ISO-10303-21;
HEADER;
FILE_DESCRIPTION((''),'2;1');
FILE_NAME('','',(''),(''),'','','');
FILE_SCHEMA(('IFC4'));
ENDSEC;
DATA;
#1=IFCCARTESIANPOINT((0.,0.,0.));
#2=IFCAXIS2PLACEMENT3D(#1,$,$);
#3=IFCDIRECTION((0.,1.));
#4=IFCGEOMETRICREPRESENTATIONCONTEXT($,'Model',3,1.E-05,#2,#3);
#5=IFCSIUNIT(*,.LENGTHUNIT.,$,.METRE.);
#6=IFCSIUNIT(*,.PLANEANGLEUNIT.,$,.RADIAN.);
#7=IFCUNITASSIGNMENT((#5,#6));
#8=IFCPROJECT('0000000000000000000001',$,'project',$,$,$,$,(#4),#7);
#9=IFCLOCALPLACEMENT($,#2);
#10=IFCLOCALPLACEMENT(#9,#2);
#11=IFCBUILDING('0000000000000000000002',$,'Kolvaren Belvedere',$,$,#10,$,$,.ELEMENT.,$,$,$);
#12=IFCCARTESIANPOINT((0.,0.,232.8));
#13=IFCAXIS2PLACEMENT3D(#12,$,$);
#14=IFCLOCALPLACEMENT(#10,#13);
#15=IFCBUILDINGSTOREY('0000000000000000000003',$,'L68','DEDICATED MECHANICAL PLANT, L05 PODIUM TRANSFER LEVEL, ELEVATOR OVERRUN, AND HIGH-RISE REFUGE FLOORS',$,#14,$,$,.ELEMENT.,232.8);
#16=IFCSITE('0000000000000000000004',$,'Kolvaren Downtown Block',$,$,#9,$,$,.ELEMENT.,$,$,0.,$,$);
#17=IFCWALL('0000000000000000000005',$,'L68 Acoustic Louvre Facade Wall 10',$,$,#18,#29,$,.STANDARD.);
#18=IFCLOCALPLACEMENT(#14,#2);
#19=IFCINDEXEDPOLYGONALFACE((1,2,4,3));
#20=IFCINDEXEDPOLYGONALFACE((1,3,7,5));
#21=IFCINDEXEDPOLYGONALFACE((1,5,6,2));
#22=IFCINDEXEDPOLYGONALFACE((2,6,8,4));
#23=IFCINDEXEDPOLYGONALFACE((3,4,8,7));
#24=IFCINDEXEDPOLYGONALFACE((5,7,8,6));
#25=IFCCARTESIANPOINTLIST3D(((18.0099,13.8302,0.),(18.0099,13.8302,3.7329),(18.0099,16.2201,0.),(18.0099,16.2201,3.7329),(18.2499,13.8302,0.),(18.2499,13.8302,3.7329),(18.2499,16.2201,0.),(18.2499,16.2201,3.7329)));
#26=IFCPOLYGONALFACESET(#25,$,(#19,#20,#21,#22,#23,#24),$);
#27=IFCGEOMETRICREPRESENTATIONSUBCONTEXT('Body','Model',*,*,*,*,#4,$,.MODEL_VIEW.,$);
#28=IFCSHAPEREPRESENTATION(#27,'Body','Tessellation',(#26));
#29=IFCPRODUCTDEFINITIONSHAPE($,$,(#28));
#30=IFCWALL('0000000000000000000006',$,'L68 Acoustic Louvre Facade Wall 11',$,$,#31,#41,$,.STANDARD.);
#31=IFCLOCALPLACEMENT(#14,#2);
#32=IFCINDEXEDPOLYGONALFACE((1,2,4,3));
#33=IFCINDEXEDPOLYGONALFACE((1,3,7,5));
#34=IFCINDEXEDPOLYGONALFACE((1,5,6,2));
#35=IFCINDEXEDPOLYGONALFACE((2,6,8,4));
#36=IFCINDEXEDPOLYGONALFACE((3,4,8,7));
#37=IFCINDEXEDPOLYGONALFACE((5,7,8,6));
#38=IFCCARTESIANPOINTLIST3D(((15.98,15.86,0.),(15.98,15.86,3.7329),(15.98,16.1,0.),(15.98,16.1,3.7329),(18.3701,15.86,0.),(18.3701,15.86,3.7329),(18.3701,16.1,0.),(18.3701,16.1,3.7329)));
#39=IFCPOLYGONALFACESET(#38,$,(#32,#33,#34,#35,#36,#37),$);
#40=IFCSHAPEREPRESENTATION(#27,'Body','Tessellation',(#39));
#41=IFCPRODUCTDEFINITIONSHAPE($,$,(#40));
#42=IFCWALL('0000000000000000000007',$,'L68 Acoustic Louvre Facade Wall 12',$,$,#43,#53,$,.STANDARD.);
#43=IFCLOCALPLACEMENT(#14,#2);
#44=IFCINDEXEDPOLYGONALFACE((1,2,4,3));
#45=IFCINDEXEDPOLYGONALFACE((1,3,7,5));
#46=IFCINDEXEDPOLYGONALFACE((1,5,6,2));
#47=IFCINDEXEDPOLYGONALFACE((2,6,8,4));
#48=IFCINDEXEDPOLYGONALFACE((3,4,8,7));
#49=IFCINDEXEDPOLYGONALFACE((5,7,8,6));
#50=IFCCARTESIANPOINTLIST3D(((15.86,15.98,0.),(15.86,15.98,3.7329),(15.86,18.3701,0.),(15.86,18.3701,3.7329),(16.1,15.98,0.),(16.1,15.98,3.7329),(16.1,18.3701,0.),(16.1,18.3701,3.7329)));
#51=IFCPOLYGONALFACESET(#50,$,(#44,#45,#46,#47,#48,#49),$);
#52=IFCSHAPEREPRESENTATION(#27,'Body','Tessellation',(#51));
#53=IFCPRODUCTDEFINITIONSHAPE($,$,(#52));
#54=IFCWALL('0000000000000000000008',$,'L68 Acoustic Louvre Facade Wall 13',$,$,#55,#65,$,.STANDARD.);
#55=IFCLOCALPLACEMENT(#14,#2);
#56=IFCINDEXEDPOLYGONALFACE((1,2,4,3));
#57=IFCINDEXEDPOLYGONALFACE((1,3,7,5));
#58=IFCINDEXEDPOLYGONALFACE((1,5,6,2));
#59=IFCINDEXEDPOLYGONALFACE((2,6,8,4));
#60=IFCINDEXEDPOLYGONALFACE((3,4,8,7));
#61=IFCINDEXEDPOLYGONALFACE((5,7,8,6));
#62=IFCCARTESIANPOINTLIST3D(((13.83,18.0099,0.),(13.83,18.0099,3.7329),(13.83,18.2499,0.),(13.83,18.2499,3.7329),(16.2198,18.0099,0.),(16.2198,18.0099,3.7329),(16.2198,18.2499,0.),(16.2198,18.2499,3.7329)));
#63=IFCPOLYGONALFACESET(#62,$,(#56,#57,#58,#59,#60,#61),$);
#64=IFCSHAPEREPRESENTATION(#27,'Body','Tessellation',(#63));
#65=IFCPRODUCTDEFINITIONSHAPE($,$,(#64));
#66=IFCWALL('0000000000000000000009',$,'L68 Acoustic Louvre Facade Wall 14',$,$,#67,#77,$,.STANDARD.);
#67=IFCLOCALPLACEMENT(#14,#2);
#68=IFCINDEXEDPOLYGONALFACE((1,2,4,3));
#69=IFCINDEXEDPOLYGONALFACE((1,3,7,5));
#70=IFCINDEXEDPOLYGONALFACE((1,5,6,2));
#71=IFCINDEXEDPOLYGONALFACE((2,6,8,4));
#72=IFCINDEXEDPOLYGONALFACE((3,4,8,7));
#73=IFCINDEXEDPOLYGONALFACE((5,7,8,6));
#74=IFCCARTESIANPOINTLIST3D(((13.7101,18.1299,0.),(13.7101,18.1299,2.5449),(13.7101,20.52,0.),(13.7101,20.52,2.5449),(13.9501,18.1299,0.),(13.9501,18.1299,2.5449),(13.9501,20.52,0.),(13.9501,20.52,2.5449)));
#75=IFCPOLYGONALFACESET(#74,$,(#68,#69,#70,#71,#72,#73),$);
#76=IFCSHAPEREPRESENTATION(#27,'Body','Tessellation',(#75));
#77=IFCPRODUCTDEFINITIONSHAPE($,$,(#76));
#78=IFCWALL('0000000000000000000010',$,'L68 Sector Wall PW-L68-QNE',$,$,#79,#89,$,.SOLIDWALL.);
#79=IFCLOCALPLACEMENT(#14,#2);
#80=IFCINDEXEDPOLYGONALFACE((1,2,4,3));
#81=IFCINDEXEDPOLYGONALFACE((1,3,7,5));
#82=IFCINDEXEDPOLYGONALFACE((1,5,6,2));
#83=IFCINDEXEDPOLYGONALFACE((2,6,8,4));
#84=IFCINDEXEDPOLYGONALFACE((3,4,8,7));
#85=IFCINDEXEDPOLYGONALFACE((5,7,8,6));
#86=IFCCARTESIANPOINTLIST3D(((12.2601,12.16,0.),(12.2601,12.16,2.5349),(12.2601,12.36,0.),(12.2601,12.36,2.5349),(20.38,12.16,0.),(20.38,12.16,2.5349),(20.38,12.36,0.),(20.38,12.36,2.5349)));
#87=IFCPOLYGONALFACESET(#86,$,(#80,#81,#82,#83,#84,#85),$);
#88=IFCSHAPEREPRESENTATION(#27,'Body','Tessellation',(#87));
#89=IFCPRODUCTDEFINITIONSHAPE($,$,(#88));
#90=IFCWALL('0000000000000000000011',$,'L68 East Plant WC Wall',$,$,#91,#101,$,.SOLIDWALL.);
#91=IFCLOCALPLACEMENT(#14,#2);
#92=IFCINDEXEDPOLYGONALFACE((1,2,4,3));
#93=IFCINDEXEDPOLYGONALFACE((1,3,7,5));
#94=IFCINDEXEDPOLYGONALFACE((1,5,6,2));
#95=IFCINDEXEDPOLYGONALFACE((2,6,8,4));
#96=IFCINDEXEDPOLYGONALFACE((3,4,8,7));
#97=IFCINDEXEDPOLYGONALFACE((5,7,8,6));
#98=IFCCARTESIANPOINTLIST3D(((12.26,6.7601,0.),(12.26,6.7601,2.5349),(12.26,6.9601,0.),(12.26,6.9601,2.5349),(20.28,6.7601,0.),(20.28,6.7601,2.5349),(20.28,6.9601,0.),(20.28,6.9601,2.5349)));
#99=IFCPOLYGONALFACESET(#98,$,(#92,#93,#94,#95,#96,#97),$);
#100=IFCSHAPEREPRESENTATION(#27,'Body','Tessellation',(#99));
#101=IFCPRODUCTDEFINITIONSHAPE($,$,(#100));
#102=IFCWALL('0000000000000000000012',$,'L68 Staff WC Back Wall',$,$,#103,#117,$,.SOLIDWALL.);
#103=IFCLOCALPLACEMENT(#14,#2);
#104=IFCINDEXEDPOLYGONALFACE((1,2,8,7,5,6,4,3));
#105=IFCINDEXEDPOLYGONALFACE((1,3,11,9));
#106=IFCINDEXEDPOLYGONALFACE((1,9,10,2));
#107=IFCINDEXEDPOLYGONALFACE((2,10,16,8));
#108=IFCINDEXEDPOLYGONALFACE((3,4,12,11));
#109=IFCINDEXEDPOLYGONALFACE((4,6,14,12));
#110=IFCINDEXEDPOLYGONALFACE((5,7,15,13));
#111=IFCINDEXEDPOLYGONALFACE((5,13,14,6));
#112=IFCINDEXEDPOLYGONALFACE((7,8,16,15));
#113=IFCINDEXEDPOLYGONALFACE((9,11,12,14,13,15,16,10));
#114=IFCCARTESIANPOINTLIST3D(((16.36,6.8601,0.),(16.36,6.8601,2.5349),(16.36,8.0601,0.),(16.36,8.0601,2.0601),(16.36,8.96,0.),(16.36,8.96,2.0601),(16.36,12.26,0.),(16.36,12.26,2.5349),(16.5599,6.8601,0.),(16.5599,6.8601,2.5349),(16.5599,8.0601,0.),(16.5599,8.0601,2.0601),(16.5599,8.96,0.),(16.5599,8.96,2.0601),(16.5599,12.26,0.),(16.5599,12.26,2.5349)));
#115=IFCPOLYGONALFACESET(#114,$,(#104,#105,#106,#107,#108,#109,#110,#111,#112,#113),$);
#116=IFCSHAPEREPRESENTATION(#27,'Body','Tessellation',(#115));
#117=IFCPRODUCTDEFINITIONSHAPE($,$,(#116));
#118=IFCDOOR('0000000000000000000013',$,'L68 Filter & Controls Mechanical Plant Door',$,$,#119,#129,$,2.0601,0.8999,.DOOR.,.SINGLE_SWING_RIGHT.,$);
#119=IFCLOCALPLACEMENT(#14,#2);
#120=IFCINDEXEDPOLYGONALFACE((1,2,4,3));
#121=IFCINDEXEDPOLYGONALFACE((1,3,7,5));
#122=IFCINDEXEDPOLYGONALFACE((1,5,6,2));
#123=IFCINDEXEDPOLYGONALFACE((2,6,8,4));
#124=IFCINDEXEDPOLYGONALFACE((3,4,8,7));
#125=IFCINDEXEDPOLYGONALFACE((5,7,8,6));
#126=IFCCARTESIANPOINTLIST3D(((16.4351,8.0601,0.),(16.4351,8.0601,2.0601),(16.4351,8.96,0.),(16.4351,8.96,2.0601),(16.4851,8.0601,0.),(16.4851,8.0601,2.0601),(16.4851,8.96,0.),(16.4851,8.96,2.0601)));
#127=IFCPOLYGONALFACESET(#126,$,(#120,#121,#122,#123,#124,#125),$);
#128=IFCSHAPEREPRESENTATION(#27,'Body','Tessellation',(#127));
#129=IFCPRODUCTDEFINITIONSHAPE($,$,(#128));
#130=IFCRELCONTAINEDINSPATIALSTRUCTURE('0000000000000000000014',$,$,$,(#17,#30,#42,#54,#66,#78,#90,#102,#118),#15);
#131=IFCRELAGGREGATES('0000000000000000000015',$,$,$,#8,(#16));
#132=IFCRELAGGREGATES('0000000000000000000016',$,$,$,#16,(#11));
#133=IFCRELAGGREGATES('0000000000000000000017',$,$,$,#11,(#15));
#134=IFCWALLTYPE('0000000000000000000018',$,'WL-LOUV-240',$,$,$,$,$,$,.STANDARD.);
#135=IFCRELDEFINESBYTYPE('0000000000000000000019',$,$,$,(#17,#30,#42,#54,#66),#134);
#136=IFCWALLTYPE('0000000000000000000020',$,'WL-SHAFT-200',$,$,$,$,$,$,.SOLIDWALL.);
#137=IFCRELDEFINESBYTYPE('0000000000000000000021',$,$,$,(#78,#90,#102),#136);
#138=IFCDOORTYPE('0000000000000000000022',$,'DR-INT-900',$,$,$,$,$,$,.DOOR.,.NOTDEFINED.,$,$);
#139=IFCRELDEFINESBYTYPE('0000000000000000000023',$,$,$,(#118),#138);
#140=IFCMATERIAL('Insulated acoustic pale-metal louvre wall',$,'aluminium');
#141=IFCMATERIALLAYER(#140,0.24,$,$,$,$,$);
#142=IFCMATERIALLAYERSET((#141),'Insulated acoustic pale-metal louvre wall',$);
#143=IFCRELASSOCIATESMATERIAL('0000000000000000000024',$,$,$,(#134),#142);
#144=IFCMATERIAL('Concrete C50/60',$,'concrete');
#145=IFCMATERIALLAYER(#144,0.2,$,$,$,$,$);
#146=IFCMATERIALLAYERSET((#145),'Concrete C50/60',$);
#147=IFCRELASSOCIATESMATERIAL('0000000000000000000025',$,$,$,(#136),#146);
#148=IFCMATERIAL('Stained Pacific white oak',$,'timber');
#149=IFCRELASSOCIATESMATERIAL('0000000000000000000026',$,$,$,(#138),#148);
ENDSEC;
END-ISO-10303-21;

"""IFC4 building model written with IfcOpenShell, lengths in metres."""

from ifc_helpers import new_model, si_unit, direction, frame, frame_2d, origin, place, context, subcontext, project, spatial, rectangle, extrude, material, layer, layer_set, type_object, element, fill, save


model = new_model("IFC4")

# Units and contexts
model_context = context("Model", 3, precision=1e-05, world=origin(), true_north=direction((0.0, 1.0)))
body_context = subcontext(model_context, "Body", "Model", "MODEL_VIEW")
ifc_project = project(units=[si_unit("LENGTHUNIT", "METRE"), si_unit("PLANEANGLEUNIT", "RADIAN")], contexts=[model_context])

# Site, building, storey
site_placement = place(None, origin())
site = spatial("IfcSite", under=ifc_project, at=site_placement, Name="Kolvaren Downtown Block", CompositionType="ELEMENT", RefElevation=0.0)
building_placement = place(site_placement, origin())
building = spatial("IfcBuilding", under=site, at=building_placement, Name="Kolvaren Belvedere", CompositionType="ELEMENT")
storey_placement = place(building_placement, frame((0.0, 0.0, 232.8)))
storey = spatial("IfcBuildingStorey", under=building, at=storey_placement, Name="L68", Description="DEDICATED MECHANICAL PLANT, L05 PODIUM TRANSFER LEVEL, ELEVATOR OVERRUN, AND HIGH-RISE REFUGE FLOORS", CompositionType="ELEMENT", Elevation=232.8)

# Walls
ifc_material_1 = material(Name="Insulated acoustic pale-metal louvre wall", Category="aluminium")
ifc_layer_1 = layer(ifc_material_1, 0.24)
ifc_layer_set_1 = layer_set([ifc_layer_1], Name="Insulated acoustic pale-metal louvre wall")
wall_type_1 = type_object("IfcWallType", Name="WL-LOUV-240", PredefinedType="STANDARD", material=ifc_layer_set_1)
wall_1_placement = place(storey_placement, frame((18.1299, 16.22, 0.0), z_axis=(0.0, 0.0, 1.0), x_axis=(0.0, -1.0, 0.0)))
element("IfcWall", 1, at=wall_1_placement, inside=storey, type_object=wall_type_1, Name="L68 Acoustic Louvre Facade Wall 10", PredefinedType="STANDARD", context=body_context, shape_type="SweptSolid", body=[
    extrude(rectangle(XDim=2.3899, YDim=0.24, at=frame_2d((1.1948, 0.0))), origin(), (0.0, 0.0, 1.0), 3.7329),
])
for number, where, z_axis, x_axis, name in (
    (2, (15.98, 15.98, 0.0), (0.0, 0.0, 1.0), (1.0, 0.0, 0.0), "L68 Acoustic Louvre Facade Wall 11"),
    (3, (15.98, 18.3701, 0.0), (0.0, 0.0, 1.0), (0.0, -1.0, 0.0), "L68 Acoustic Louvre Facade Wall 12"),
):
    element("IfcWall", number, at=place(storey_placement, frame(where, z_axis=z_axis, x_axis=x_axis)), inside=storey, type_object=wall_type_1, Name=name, PredefinedType="STANDARD", context=body_context, shape_type="SweptSolid", body=[
        extrude(rectangle(XDim=2.3901, YDim=0.24, at=frame_2d((1.1951, 0.0))), origin(), (0.0, 0.0, 1.0), 3.7329),
    ])
wall_2_placement = place(storey_placement, frame((13.8301, 18.1299, 0.0), z_axis=(0.0, 0.0, 1.0), x_axis=(1.0, 0.0, 0.0)))
element("IfcWall", 4, at=wall_2_placement, inside=storey, type_object=wall_type_1, Name="L68 Acoustic Louvre Facade Wall 13", PredefinedType="STANDARD", context=body_context, shape_type="SweptSolid", body=[
    extrude(rectangle(XDim=2.3899, YDim=0.24, at=frame_2d((1.1948, 0.0))), origin(), (0.0, 0.0, 1.0), 3.7329),
])
wall_3_placement = place(storey_placement, frame((13.8301, 20.52, 0.0), z_axis=(0.0, 0.0, 1.0), x_axis=(0.0, -1.0, 0.0)))
element("IfcWall", 5, at=wall_3_placement, inside=storey, type_object=wall_type_1, Name="L68 Acoustic Louvre Facade Wall 14", PredefinedType="STANDARD", context=body_context, shape_type="SweptSolid", body=[
    extrude(rectangle(XDim=2.3901, YDim=0.24, at=frame_2d((1.1951, 0.0))), origin(), (0.0, 0.0, 1.0), 2.5449),
])
ifc_material_2 = material(Name="Concrete C50/60", Category="concrete")
ifc_layer_2 = layer(ifc_material_2, 0.2)
ifc_layer_set_2 = layer_set([ifc_layer_2], Name="Concrete C50/60")
wall_type_2 = type_object("IfcWallType", Name="WL-SHAFT-200", PredefinedType="SOLIDWALL", material=ifc_layer_set_2)
wall_4_placement = place(storey_placement, frame((12.26, 12.26, 0.0), z_axis=(0.0, 0.0, 1.0), x_axis=(1.0, 0.0, 0.0)))
element("IfcWall", 6, at=wall_4_placement, inside=storey, type_object=wall_type_2, Name="L68 Sector Wall PW-L68-QNE", PredefinedType="SOLIDWALL", context=body_context, shape_type="SweptSolid", body=[
    extrude(rectangle(XDim=8.1199, YDim=0.2, at=frame_2d((4.0601, 0.0))), origin(), (0.0, 0.0, 1.0), 2.5349),
])
wall_5_placement = place(storey_placement, frame((12.26, 6.8601, 0.0), z_axis=(0.0, 0.0, 1.0), x_axis=(1.0, 0.0, 0.0)))
element("IfcWall", 7, at=wall_5_placement, inside=storey, type_object=wall_type_2, Name="L68 East Plant WC Wall", PredefinedType="SOLIDWALL", context=body_context, shape_type="SweptSolid", body=[
    extrude(rectangle(XDim=8.02, YDim=0.2, at=frame_2d((4.01, 0.0))), origin(), (0.0, 0.0, 1.0), 2.5349),
])

# Wall, opening, door
wall_6_placement = place(storey_placement, frame((16.46, 6.8601, 0.0), z_axis=(0.0, 0.0, 1.0), x_axis=(0.0, 1.0, 0.0)))
wall_6 = element("IfcWall", 8, at=wall_6_placement, inside=storey, type_object=wall_type_2, Name="L68 Staff WC Back Wall", PredefinedType="SOLIDWALL", context=body_context, shape_type="SweptSolid", body=[
    extrude(rectangle(XDim=5.3999, YDim=0.2, at=frame_2d((2.7, 0.0))), origin(), (0.0, 0.0, 1.0), 2.5349),
])
opening_placement = place(wall_6_placement, frame((1.2, 0.0, 0.0)))
opening = element("IfcOpeningElement", 9, at=opening_placement, cuts=wall_6, PredefinedType="OPENING", context=body_context, shape_type="SweptSolid", body=[
    extrude(rectangle(XDim=0.8999, YDim=2.0601, at=frame_2d((0.45, 1.03))), frame((0.0, 0.1099, 0.0), z_axis=(0.0, -1.0, 0.0), x_axis=(1.0, 0.0, 0.0)), (0.0, 0.0, 1.0), 0.22),
])
ifc_material_3 = material(Name="Stained Pacific white oak", Category="timber")
door_type = type_object("IfcDoorType", Name="DR-INT-900", OperationType="NOTDEFINED", PredefinedType="DOOR", material=ifc_material_3)
door_placement = place(opening_placement, origin())
door = element("IfcDoor", 10, at=door_placement, inside=storey, type_object=door_type, Name="L68 Filter & Controls Mechanical Plant Door", OperationType="SINGLE_SWING_RIGHT", OverallHeight=2.0601, OverallWidth=0.8999, PredefinedType="DOOR", context=body_context, shape_type="SweptSolid", body=[
    extrude(rectangle(XDim=0.8999, YDim=2.0601, at=frame_2d((0.45, 1.03))), frame((0.0, 0.0249, 0.0), z_axis=(0.0, -1.0, 0.0), x_axis=(1.0, 0.0, 0.0)), (0.0, 0.0, 1.0), 0.05),
])
fill(opening, door)

save(model, "model.ifc")
